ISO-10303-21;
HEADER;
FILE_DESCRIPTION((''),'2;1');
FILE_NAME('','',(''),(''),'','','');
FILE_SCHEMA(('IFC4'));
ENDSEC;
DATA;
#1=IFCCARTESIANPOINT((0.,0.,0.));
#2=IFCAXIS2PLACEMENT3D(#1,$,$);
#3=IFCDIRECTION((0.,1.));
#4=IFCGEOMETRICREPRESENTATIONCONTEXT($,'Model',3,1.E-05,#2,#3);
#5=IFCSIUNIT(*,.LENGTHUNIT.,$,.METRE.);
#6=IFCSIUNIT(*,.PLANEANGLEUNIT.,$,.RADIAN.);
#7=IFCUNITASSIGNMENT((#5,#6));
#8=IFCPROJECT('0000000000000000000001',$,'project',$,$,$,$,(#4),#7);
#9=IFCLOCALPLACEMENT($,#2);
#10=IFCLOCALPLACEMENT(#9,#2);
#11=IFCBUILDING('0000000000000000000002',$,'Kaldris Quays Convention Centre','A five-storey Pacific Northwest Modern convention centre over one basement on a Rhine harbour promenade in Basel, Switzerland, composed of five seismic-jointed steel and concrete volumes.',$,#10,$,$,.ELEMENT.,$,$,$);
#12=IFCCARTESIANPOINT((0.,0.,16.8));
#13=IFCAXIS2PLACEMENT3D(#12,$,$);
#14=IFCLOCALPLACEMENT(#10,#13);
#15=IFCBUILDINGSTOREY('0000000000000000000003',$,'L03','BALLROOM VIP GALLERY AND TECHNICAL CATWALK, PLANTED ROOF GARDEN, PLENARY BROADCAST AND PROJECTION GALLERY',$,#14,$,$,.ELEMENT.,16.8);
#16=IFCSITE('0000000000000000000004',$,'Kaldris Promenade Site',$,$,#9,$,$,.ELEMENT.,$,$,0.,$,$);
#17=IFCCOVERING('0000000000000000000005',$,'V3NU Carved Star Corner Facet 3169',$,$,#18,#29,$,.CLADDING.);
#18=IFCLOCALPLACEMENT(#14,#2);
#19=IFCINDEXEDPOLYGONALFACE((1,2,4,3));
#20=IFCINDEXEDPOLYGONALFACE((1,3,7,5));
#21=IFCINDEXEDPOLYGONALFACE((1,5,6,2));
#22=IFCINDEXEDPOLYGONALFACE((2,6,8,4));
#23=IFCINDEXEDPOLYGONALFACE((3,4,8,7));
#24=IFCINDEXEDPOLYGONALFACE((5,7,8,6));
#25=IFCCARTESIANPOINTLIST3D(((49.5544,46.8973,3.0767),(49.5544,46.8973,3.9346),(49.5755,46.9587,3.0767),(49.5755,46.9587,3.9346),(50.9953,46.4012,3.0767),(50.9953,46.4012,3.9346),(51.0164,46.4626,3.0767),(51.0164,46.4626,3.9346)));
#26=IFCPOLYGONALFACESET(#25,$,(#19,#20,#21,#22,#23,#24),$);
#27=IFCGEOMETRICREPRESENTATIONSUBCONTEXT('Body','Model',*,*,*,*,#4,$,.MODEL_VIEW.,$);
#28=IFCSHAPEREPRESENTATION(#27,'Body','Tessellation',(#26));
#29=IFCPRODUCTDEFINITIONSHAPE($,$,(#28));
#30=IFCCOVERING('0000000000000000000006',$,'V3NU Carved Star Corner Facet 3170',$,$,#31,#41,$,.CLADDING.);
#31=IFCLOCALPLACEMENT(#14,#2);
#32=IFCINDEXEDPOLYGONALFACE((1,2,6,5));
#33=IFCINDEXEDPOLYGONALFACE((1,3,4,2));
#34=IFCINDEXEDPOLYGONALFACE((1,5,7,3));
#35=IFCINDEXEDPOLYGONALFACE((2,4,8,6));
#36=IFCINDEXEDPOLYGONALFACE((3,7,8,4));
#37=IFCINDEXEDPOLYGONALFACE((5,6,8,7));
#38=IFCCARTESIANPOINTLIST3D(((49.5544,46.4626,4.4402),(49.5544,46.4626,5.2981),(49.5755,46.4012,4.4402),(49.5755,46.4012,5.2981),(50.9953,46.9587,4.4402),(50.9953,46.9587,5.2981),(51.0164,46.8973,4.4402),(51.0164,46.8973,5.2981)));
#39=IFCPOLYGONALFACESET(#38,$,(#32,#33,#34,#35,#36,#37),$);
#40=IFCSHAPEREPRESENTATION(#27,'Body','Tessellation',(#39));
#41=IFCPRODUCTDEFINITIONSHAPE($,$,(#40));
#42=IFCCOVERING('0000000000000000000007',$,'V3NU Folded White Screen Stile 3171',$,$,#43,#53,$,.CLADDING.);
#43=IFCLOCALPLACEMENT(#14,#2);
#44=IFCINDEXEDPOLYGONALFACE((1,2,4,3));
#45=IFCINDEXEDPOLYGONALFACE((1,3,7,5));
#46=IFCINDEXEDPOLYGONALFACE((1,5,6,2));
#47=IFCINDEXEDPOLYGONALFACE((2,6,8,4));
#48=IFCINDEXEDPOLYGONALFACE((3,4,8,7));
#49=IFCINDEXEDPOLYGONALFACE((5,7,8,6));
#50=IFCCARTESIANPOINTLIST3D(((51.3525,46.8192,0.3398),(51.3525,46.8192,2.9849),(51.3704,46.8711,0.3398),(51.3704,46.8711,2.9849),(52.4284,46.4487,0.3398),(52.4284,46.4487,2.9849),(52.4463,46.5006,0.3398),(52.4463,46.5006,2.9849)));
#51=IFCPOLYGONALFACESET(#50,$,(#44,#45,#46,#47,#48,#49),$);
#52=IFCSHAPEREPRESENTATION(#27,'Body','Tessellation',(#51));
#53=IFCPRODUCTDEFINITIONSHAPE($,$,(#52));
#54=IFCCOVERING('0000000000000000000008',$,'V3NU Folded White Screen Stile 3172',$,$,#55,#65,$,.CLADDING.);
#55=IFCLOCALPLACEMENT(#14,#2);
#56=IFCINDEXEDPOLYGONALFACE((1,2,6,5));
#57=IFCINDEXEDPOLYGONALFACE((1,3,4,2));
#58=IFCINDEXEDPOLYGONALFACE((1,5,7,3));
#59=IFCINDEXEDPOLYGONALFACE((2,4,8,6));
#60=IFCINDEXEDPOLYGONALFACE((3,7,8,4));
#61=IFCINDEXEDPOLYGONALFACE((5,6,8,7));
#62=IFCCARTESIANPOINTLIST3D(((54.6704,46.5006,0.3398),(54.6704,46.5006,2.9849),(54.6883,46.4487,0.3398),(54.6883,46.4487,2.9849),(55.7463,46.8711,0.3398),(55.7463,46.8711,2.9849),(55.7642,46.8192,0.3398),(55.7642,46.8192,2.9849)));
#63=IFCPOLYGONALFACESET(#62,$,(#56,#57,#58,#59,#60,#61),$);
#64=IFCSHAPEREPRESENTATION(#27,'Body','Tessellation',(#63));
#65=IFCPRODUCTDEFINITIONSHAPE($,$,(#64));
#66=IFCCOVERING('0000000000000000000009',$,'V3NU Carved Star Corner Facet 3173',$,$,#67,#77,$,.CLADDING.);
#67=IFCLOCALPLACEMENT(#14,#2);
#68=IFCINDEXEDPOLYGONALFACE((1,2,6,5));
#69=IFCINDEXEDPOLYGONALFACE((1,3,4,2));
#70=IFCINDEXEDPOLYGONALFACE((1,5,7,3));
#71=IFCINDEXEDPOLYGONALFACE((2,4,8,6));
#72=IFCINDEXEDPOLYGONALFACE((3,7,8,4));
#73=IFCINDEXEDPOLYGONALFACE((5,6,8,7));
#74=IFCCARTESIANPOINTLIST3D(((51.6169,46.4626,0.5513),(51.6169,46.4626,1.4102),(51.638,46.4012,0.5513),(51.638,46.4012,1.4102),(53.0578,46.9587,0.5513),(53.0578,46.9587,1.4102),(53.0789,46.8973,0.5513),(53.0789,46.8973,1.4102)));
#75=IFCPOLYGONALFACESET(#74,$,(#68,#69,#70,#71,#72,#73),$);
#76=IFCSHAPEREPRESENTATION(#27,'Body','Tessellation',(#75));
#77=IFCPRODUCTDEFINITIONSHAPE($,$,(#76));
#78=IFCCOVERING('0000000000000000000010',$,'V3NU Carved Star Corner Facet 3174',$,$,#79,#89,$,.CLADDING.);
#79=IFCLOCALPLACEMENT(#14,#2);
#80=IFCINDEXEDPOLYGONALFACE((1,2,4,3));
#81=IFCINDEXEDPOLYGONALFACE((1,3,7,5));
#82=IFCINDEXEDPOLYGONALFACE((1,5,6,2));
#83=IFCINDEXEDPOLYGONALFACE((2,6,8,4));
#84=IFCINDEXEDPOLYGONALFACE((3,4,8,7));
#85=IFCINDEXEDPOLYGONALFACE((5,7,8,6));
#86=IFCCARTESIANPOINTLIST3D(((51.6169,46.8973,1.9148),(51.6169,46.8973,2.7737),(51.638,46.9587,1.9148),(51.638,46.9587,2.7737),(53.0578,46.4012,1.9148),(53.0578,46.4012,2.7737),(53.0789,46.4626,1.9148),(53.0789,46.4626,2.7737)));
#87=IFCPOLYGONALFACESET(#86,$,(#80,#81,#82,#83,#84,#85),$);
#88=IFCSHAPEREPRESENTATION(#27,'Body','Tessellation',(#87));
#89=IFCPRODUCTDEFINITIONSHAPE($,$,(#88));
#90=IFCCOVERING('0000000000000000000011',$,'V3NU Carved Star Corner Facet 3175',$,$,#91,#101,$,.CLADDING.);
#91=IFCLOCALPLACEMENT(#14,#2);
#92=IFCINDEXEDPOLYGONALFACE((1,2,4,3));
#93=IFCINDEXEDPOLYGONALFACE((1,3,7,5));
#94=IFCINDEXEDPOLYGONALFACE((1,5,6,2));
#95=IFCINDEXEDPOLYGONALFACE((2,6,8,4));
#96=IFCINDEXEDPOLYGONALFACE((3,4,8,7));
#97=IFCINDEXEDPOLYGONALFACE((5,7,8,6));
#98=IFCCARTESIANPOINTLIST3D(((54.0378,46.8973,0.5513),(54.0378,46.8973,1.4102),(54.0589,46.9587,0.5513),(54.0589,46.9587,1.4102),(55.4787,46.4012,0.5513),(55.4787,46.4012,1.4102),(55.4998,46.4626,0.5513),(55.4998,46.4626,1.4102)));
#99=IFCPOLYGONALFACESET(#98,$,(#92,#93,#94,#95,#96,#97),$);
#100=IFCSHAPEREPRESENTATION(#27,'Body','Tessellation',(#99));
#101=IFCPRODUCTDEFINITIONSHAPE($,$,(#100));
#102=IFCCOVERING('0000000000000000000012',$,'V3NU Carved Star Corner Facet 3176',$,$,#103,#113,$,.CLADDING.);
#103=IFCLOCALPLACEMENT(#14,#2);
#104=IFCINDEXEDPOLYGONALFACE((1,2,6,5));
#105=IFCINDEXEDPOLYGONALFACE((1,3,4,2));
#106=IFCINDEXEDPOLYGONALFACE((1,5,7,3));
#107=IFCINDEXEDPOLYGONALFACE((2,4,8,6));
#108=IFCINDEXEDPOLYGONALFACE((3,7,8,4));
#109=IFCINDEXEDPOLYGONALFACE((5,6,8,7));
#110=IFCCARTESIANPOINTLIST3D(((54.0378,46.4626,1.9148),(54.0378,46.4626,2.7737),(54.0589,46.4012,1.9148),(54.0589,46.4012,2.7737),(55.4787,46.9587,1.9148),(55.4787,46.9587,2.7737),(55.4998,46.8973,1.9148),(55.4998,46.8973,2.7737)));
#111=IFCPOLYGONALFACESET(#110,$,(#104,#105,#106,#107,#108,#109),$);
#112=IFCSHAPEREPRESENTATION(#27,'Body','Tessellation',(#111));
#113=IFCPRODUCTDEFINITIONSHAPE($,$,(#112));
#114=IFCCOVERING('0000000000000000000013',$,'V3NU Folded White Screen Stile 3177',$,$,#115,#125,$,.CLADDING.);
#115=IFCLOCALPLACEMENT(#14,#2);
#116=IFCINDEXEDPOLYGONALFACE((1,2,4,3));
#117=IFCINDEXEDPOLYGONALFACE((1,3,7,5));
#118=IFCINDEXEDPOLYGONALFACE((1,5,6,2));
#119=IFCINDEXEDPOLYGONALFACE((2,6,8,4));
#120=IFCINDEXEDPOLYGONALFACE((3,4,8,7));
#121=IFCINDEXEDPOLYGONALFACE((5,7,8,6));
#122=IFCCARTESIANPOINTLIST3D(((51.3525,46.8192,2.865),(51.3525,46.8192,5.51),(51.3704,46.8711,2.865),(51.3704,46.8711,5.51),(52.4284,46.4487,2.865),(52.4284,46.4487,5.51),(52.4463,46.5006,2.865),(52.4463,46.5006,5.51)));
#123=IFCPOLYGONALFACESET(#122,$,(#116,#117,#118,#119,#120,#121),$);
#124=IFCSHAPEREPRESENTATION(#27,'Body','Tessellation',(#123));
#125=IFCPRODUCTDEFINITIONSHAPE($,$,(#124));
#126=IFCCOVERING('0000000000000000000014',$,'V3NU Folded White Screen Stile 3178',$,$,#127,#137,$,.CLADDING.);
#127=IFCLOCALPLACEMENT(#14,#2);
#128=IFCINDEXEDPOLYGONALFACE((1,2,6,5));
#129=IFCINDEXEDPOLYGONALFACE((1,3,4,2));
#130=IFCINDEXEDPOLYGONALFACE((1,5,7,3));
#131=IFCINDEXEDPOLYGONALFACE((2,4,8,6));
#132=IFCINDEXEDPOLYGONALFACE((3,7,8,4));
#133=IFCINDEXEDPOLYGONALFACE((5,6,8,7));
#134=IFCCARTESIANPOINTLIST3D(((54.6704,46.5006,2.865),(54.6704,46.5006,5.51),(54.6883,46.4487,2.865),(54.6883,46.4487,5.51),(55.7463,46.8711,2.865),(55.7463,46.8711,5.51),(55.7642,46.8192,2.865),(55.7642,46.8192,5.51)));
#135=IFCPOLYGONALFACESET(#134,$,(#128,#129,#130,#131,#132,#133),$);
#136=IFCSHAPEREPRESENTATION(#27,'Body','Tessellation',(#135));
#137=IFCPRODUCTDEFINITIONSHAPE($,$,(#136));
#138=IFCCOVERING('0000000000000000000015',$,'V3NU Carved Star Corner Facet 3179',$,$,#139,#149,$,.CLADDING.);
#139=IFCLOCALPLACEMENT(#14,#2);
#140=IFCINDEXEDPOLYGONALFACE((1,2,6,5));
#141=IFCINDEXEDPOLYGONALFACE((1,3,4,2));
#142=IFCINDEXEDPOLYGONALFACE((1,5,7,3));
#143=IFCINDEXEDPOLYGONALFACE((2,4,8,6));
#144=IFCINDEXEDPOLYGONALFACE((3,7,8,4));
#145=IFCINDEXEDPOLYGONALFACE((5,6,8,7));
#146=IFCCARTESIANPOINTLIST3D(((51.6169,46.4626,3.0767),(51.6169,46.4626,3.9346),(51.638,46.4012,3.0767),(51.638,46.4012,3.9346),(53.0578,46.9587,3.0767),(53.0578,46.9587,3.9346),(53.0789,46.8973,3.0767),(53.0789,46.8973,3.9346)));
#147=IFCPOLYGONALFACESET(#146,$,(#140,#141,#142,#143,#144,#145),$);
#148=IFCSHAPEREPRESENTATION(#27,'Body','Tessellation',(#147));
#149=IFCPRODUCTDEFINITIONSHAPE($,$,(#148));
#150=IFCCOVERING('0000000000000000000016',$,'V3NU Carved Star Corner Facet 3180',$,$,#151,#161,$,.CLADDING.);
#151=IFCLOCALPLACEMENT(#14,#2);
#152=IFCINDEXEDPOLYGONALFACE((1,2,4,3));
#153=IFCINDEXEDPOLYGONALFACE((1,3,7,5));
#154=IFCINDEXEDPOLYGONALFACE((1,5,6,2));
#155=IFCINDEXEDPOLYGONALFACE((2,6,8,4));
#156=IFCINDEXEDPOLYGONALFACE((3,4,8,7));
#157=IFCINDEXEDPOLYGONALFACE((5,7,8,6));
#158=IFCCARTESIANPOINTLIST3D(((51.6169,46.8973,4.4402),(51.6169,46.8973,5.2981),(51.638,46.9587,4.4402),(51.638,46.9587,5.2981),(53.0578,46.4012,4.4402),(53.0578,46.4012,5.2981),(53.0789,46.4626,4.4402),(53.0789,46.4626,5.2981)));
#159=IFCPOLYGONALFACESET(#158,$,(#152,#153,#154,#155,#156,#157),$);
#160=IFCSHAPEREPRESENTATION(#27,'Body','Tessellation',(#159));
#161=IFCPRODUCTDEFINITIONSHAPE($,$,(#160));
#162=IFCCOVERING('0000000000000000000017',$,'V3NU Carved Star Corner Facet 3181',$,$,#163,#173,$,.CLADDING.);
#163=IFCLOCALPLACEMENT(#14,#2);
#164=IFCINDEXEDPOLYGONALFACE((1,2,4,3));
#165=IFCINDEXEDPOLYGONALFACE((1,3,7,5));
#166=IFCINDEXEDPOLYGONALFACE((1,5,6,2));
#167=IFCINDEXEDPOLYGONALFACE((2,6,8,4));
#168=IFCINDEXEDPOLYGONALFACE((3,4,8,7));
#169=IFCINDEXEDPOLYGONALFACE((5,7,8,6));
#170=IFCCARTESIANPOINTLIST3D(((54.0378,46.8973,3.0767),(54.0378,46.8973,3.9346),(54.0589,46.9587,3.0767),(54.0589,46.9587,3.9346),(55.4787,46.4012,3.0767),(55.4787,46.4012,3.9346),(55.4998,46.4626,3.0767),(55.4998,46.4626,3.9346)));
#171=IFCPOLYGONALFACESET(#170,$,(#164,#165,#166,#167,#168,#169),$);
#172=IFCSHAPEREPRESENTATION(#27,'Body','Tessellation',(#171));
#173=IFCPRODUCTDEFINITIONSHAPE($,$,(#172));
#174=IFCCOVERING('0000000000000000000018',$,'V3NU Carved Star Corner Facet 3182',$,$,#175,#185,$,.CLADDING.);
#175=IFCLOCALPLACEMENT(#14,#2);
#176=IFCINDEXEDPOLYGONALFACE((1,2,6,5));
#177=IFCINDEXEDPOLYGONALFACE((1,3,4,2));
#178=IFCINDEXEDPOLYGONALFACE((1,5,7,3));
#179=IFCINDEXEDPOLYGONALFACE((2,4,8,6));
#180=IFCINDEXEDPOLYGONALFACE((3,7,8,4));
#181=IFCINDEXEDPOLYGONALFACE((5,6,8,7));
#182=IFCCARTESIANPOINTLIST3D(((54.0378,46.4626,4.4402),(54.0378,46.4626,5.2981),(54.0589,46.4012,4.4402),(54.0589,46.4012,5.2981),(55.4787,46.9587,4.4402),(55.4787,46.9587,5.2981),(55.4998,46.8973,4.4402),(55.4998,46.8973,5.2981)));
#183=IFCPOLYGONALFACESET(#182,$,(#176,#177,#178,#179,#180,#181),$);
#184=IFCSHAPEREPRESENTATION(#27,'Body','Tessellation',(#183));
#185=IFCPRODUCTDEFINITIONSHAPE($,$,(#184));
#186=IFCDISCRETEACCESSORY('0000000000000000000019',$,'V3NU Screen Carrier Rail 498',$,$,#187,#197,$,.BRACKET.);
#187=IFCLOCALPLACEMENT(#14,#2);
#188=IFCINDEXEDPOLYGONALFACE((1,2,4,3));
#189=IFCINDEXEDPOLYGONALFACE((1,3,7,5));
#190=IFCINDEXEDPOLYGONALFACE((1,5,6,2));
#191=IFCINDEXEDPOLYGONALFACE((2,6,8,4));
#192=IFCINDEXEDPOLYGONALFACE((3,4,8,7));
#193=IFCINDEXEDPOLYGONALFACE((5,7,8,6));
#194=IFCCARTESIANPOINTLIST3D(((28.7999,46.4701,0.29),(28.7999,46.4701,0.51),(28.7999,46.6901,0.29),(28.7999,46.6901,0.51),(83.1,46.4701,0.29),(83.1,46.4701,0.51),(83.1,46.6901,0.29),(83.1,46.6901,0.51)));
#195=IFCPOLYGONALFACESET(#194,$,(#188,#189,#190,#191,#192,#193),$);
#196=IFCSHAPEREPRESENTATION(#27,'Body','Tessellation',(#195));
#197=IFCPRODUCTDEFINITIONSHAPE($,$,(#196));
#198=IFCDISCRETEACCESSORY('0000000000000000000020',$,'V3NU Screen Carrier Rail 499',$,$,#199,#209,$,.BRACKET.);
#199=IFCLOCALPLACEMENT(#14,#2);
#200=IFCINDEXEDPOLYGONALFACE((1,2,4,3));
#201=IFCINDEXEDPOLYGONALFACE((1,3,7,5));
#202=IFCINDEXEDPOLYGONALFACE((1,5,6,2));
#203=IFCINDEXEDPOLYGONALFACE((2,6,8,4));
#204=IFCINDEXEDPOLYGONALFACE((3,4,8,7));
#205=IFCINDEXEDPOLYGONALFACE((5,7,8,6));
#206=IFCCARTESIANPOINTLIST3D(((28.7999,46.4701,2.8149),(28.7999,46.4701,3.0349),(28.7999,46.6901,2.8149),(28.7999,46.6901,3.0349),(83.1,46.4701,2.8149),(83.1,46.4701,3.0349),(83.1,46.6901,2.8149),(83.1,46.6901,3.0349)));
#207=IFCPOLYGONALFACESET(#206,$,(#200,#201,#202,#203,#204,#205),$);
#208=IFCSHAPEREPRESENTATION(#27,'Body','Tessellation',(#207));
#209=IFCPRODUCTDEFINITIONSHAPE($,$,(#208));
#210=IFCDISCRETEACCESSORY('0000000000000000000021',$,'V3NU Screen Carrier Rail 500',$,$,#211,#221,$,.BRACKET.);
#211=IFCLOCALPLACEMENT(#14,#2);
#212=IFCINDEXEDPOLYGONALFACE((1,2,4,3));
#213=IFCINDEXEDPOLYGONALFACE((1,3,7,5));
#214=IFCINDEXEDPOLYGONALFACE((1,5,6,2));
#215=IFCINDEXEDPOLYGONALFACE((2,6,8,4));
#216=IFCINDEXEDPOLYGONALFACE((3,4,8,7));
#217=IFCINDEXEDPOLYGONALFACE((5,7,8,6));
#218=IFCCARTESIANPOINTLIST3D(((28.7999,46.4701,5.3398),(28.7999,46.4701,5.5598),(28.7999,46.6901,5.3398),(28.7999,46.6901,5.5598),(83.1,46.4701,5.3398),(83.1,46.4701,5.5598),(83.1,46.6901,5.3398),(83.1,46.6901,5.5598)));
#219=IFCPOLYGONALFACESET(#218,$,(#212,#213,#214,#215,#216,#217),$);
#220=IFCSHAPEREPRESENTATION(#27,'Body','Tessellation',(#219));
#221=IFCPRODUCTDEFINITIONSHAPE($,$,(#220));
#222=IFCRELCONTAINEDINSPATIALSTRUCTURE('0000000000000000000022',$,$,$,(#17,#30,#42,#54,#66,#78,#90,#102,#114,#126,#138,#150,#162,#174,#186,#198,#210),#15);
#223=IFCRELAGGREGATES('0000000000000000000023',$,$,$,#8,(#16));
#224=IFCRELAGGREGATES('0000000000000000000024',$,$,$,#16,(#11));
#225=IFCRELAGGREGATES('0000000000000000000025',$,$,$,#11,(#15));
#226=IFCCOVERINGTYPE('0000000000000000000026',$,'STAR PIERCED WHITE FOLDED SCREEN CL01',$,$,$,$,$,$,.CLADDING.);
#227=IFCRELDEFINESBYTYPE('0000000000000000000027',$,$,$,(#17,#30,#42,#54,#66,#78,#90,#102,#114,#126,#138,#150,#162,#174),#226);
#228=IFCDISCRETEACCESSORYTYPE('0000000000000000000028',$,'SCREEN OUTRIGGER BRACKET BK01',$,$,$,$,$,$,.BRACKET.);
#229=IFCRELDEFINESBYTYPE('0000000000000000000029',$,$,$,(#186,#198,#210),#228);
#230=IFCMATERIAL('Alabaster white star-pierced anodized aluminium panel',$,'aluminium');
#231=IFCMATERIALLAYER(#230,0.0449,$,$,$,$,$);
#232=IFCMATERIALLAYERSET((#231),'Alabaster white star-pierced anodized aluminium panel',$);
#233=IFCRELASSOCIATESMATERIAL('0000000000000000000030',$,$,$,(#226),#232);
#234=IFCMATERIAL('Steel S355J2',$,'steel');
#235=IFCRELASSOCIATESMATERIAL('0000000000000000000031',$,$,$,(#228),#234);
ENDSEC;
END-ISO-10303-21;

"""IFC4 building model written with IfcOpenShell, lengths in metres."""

from ifc_helpers import new_model, si_unit, direction, frame, origin, origin_2d, place, context, subcontext, project, spatial, rectangle, extrude, material, layer, layer_set, type_object, element, save


model = new_model("IFC4")

# Units and contexts
model_context = context("Model", 3, precision=1e-05, world=origin(), true_north=direction((0.0, 1.0)))
body_context = subcontext(model_context, "Body", "Model", "MODEL_VIEW")
ifc_project = project(units=[si_unit("LENGTHUNIT", "METRE"), si_unit("PLANEANGLEUNIT", "RADIAN")], contexts=[model_context])

# Site, building, storey
site_placement = place(None, origin())
site = spatial("IfcSite", under=ifc_project, at=site_placement, Name="Kaldris Promenade Site", CompositionType="ELEMENT", RefElevation=0.0)
building_placement = place(site_placement, origin())
building = spatial("IfcBuilding", under=site, at=building_placement, Name="Kaldris Quays Convention Centre", Description="A five-storey Pacific Northwest Modern convention centre over one basement on a Rhine harbour promenade in Basel, Switzerland, composed of five seismic-jointed steel and concrete volumes.", CompositionType="ELEMENT")
storey_placement = place(building_placement, frame((0.0, 0.0, 16.8)))
storey = spatial("IfcBuildingStorey", under=building, at=storey_placement, Name="L03", Description="BALLROOM VIP GALLERY AND TECHNICAL CATWALK, PLANTED ROOF GARDEN, PLENARY BROADCAST AND PROJECTION GALLERY", CompositionType="ELEMENT", Elevation=16.8)

# Shared definitions
ifc_material_1 = material(Name="Steel S355J2", Category="steel")

# Coverings
ifc_material_2 = material(Name="Alabaster white star-pierced anodized aluminium panel", Category="aluminium")
ifc_layer = layer(ifc_material_2, 0.0449)
ifc_layer_set = layer_set([ifc_layer], Name="Alabaster white star-pierced anodized aluminium panel")
covering_type = type_object("IfcCoveringType", Name="STAR PIERCED WHITE FOLDED SCREEN CL01", PredefinedType="CLADDING", material=ifc_layer_set)
for number, where, z_axis, x_axis, name in (
    (1, (50.2854, 46.6799, 3.0767), (0.0, 0.0, 1.0), (0.945519, -0.325568, 0.0), "V3NU Carved Star Corner Facet 3169"),
    (2, (50.2854, 46.6799, 4.4402), (0.0, 0.0, 1.0), (0.945519, 0.325568, 0.0), "V3NU Carved Star Corner Facet 3170"),
):
    element("IfcCovering", number, at=place(storey_placement, frame(where, z_axis=z_axis, x_axis=x_axis)), inside=storey, type_object=covering_type, Name=name, PredefinedType="CLADDING", context=body_context, shape_type="SweptSolid", body=[
        extrude(rectangle(XDim=1.5239, YDim=0.0649, at=origin_2d()), origin(), (0.0, 0.0, 1.0), 0.8579),
    ])
for number, where, z_axis, x_axis, name in (
    (3, (51.8994, 46.6599, 0.3398), (0.0, 0.0, 1.0), (0.945519, -0.325568, 0.0), "V3NU Folded White Screen Stile 3171"),
    (4, (55.2173, 46.6599, 0.3398), (0.0, 0.0, 1.0), (0.945519, 0.325568, 0.0), "V3NU Folded White Screen Stile 3172"),
):
    element("IfcCovering", number, at=place(storey_placement, frame(where, z_axis=z_axis, x_axis=x_axis)), inside=storey, type_object=covering_type, Name=name, PredefinedType="CLADDING", context=body_context, shape_type="SweptSolid", body=[
        extrude(rectangle(XDim=1.1379, YDim=0.0549, at=origin_2d()), origin(), (0.0, 0.0, 1.0), 2.645),
    ])
for number, where, z_axis, x_axis, name in (
    (5, (52.3479, 46.6799, 0.5513), (0.0, 0.0, 1.0), (0.945519, 0.325568, 0.0), "V3NU Carved Star Corner Facet 3173"),
    (6, (52.3479, 46.6799, 1.9148), (0.0, 0.0, 1.0), (0.945519, -0.325568, 0.0), "V3NU Carved Star Corner Facet 3174"),
    (7, (54.7688, 46.6799, 0.5513), (0.0, 0.0, 1.0), (0.945519, -0.325568, 0.0), "V3NU Carved Star Corner Facet 3175"),
    (8, (54.7688, 46.6799, 1.9148), (0.0, 0.0, 1.0), (0.945519, 0.325568, 0.0), "V3NU Carved Star Corner Facet 3176"),
):
    element("IfcCovering", number, at=place(storey_placement, frame(where, z_axis=z_axis, x_axis=x_axis)), inside=storey, type_object=covering_type, Name=name, PredefinedType="CLADDING", context=body_context, shape_type="SweptSolid", body=[
        extrude(rectangle(XDim=1.5239, YDim=0.0649, at=origin_2d()), origin(), (0.0, 0.0, 1.0), 0.8589),
    ])
for number, where, z_axis, x_axis, name in (
    (9, (51.8994, 46.6599, 2.865), (0.0, 0.0, 1.0), (0.945519, -0.325568, 0.0), "V3NU Folded White Screen Stile 3177"),
    (10, (55.2173, 46.6599, 2.865), (0.0, 0.0, 1.0), (0.945519, 0.325568, 0.0), "V3NU Folded White Screen Stile 3178"),
):
    element("IfcCovering", number, at=place(storey_placement, frame(where, z_axis=z_axis, x_axis=x_axis)), inside=storey, type_object=covering_type, Name=name, PredefinedType="CLADDING", context=body_context, shape_type="SweptSolid", body=[
        extrude(rectangle(XDim=1.1379, YDim=0.0549, at=origin_2d()), origin(), (0.0, 0.0, 1.0), 2.645),
    ])
for number, where, z_axis, x_axis, name in (
    (11, (52.3479, 46.6799, 3.0767), (0.0, 0.0, 1.0), (0.945519, 0.325568, 0.0), "V3NU Carved Star Corner Facet 3179"),
    (12, (52.3479, 46.6799, 4.4402), (0.0, 0.0, 1.0), (0.945519, -0.325568, 0.0), "V3NU Carved Star Corner Facet 3180"),
    (13, (54.7688, 46.6799, 3.0767), (0.0, 0.0, 1.0), (0.945519, -0.325568, 0.0), "V3NU Carved Star Corner Facet 3181"),
    (14, (54.7688, 46.6799, 4.4402), (0.0, 0.0, 1.0), (0.945519, 0.325568, 0.0), "V3NU Carved Star Corner Facet 3182"),
):
    element("IfcCovering", number, at=place(storey_placement, frame(where, z_axis=z_axis, x_axis=x_axis)), inside=storey, type_object=covering_type, Name=name, PredefinedType="CLADDING", context=body_context, shape_type="SweptSolid", body=[
        extrude(rectangle(XDim=1.5239, YDim=0.0649, at=origin_2d()), origin(), (0.0, 0.0, 1.0), 0.8579),
    ])

# Discrete accessories
discrete_accessory_type = type_object("IfcDiscreteAccessoryType", Name="SCREEN OUTRIGGER BRACKET BK01", PredefinedType="BRACKET", material=ifc_material_1)
for number, where, z_axis, x_axis, name in (
    (15, (55.95, 46.5801, 0.29), (0.0, 0.0, 1.0), (1.0, 0.0, 0.0), "V3NU Screen Carrier Rail 498"),
    (16, (55.95, 46.5801, 2.8149), (0.0, 0.0, 1.0), (1.0, 0.0, 0.0), "V3NU Screen Carrier Rail 499"),
    (17, (55.95, 46.5801, 5.3398), (0.0, 0.0, 1.0), (1.0, 0.0, 0.0), "V3NU Screen Carrier Rail 500"),
):
    element("IfcDiscreteAccessory", number, at=place(storey_placement, frame(where, z_axis=z_axis, x_axis=x_axis)), inside=storey, type_object=discrete_accessory_type, Name=name, PredefinedType="BRACKET", context=body_context, shape_type="SweptSolid", body=[
        extrude(rectangle(XDim=54.3, YDim=0.22, at=origin_2d()), origin(), (0.0, 0.0, 1.0), 0.22),
    ])

save(model, "model.ifc")
